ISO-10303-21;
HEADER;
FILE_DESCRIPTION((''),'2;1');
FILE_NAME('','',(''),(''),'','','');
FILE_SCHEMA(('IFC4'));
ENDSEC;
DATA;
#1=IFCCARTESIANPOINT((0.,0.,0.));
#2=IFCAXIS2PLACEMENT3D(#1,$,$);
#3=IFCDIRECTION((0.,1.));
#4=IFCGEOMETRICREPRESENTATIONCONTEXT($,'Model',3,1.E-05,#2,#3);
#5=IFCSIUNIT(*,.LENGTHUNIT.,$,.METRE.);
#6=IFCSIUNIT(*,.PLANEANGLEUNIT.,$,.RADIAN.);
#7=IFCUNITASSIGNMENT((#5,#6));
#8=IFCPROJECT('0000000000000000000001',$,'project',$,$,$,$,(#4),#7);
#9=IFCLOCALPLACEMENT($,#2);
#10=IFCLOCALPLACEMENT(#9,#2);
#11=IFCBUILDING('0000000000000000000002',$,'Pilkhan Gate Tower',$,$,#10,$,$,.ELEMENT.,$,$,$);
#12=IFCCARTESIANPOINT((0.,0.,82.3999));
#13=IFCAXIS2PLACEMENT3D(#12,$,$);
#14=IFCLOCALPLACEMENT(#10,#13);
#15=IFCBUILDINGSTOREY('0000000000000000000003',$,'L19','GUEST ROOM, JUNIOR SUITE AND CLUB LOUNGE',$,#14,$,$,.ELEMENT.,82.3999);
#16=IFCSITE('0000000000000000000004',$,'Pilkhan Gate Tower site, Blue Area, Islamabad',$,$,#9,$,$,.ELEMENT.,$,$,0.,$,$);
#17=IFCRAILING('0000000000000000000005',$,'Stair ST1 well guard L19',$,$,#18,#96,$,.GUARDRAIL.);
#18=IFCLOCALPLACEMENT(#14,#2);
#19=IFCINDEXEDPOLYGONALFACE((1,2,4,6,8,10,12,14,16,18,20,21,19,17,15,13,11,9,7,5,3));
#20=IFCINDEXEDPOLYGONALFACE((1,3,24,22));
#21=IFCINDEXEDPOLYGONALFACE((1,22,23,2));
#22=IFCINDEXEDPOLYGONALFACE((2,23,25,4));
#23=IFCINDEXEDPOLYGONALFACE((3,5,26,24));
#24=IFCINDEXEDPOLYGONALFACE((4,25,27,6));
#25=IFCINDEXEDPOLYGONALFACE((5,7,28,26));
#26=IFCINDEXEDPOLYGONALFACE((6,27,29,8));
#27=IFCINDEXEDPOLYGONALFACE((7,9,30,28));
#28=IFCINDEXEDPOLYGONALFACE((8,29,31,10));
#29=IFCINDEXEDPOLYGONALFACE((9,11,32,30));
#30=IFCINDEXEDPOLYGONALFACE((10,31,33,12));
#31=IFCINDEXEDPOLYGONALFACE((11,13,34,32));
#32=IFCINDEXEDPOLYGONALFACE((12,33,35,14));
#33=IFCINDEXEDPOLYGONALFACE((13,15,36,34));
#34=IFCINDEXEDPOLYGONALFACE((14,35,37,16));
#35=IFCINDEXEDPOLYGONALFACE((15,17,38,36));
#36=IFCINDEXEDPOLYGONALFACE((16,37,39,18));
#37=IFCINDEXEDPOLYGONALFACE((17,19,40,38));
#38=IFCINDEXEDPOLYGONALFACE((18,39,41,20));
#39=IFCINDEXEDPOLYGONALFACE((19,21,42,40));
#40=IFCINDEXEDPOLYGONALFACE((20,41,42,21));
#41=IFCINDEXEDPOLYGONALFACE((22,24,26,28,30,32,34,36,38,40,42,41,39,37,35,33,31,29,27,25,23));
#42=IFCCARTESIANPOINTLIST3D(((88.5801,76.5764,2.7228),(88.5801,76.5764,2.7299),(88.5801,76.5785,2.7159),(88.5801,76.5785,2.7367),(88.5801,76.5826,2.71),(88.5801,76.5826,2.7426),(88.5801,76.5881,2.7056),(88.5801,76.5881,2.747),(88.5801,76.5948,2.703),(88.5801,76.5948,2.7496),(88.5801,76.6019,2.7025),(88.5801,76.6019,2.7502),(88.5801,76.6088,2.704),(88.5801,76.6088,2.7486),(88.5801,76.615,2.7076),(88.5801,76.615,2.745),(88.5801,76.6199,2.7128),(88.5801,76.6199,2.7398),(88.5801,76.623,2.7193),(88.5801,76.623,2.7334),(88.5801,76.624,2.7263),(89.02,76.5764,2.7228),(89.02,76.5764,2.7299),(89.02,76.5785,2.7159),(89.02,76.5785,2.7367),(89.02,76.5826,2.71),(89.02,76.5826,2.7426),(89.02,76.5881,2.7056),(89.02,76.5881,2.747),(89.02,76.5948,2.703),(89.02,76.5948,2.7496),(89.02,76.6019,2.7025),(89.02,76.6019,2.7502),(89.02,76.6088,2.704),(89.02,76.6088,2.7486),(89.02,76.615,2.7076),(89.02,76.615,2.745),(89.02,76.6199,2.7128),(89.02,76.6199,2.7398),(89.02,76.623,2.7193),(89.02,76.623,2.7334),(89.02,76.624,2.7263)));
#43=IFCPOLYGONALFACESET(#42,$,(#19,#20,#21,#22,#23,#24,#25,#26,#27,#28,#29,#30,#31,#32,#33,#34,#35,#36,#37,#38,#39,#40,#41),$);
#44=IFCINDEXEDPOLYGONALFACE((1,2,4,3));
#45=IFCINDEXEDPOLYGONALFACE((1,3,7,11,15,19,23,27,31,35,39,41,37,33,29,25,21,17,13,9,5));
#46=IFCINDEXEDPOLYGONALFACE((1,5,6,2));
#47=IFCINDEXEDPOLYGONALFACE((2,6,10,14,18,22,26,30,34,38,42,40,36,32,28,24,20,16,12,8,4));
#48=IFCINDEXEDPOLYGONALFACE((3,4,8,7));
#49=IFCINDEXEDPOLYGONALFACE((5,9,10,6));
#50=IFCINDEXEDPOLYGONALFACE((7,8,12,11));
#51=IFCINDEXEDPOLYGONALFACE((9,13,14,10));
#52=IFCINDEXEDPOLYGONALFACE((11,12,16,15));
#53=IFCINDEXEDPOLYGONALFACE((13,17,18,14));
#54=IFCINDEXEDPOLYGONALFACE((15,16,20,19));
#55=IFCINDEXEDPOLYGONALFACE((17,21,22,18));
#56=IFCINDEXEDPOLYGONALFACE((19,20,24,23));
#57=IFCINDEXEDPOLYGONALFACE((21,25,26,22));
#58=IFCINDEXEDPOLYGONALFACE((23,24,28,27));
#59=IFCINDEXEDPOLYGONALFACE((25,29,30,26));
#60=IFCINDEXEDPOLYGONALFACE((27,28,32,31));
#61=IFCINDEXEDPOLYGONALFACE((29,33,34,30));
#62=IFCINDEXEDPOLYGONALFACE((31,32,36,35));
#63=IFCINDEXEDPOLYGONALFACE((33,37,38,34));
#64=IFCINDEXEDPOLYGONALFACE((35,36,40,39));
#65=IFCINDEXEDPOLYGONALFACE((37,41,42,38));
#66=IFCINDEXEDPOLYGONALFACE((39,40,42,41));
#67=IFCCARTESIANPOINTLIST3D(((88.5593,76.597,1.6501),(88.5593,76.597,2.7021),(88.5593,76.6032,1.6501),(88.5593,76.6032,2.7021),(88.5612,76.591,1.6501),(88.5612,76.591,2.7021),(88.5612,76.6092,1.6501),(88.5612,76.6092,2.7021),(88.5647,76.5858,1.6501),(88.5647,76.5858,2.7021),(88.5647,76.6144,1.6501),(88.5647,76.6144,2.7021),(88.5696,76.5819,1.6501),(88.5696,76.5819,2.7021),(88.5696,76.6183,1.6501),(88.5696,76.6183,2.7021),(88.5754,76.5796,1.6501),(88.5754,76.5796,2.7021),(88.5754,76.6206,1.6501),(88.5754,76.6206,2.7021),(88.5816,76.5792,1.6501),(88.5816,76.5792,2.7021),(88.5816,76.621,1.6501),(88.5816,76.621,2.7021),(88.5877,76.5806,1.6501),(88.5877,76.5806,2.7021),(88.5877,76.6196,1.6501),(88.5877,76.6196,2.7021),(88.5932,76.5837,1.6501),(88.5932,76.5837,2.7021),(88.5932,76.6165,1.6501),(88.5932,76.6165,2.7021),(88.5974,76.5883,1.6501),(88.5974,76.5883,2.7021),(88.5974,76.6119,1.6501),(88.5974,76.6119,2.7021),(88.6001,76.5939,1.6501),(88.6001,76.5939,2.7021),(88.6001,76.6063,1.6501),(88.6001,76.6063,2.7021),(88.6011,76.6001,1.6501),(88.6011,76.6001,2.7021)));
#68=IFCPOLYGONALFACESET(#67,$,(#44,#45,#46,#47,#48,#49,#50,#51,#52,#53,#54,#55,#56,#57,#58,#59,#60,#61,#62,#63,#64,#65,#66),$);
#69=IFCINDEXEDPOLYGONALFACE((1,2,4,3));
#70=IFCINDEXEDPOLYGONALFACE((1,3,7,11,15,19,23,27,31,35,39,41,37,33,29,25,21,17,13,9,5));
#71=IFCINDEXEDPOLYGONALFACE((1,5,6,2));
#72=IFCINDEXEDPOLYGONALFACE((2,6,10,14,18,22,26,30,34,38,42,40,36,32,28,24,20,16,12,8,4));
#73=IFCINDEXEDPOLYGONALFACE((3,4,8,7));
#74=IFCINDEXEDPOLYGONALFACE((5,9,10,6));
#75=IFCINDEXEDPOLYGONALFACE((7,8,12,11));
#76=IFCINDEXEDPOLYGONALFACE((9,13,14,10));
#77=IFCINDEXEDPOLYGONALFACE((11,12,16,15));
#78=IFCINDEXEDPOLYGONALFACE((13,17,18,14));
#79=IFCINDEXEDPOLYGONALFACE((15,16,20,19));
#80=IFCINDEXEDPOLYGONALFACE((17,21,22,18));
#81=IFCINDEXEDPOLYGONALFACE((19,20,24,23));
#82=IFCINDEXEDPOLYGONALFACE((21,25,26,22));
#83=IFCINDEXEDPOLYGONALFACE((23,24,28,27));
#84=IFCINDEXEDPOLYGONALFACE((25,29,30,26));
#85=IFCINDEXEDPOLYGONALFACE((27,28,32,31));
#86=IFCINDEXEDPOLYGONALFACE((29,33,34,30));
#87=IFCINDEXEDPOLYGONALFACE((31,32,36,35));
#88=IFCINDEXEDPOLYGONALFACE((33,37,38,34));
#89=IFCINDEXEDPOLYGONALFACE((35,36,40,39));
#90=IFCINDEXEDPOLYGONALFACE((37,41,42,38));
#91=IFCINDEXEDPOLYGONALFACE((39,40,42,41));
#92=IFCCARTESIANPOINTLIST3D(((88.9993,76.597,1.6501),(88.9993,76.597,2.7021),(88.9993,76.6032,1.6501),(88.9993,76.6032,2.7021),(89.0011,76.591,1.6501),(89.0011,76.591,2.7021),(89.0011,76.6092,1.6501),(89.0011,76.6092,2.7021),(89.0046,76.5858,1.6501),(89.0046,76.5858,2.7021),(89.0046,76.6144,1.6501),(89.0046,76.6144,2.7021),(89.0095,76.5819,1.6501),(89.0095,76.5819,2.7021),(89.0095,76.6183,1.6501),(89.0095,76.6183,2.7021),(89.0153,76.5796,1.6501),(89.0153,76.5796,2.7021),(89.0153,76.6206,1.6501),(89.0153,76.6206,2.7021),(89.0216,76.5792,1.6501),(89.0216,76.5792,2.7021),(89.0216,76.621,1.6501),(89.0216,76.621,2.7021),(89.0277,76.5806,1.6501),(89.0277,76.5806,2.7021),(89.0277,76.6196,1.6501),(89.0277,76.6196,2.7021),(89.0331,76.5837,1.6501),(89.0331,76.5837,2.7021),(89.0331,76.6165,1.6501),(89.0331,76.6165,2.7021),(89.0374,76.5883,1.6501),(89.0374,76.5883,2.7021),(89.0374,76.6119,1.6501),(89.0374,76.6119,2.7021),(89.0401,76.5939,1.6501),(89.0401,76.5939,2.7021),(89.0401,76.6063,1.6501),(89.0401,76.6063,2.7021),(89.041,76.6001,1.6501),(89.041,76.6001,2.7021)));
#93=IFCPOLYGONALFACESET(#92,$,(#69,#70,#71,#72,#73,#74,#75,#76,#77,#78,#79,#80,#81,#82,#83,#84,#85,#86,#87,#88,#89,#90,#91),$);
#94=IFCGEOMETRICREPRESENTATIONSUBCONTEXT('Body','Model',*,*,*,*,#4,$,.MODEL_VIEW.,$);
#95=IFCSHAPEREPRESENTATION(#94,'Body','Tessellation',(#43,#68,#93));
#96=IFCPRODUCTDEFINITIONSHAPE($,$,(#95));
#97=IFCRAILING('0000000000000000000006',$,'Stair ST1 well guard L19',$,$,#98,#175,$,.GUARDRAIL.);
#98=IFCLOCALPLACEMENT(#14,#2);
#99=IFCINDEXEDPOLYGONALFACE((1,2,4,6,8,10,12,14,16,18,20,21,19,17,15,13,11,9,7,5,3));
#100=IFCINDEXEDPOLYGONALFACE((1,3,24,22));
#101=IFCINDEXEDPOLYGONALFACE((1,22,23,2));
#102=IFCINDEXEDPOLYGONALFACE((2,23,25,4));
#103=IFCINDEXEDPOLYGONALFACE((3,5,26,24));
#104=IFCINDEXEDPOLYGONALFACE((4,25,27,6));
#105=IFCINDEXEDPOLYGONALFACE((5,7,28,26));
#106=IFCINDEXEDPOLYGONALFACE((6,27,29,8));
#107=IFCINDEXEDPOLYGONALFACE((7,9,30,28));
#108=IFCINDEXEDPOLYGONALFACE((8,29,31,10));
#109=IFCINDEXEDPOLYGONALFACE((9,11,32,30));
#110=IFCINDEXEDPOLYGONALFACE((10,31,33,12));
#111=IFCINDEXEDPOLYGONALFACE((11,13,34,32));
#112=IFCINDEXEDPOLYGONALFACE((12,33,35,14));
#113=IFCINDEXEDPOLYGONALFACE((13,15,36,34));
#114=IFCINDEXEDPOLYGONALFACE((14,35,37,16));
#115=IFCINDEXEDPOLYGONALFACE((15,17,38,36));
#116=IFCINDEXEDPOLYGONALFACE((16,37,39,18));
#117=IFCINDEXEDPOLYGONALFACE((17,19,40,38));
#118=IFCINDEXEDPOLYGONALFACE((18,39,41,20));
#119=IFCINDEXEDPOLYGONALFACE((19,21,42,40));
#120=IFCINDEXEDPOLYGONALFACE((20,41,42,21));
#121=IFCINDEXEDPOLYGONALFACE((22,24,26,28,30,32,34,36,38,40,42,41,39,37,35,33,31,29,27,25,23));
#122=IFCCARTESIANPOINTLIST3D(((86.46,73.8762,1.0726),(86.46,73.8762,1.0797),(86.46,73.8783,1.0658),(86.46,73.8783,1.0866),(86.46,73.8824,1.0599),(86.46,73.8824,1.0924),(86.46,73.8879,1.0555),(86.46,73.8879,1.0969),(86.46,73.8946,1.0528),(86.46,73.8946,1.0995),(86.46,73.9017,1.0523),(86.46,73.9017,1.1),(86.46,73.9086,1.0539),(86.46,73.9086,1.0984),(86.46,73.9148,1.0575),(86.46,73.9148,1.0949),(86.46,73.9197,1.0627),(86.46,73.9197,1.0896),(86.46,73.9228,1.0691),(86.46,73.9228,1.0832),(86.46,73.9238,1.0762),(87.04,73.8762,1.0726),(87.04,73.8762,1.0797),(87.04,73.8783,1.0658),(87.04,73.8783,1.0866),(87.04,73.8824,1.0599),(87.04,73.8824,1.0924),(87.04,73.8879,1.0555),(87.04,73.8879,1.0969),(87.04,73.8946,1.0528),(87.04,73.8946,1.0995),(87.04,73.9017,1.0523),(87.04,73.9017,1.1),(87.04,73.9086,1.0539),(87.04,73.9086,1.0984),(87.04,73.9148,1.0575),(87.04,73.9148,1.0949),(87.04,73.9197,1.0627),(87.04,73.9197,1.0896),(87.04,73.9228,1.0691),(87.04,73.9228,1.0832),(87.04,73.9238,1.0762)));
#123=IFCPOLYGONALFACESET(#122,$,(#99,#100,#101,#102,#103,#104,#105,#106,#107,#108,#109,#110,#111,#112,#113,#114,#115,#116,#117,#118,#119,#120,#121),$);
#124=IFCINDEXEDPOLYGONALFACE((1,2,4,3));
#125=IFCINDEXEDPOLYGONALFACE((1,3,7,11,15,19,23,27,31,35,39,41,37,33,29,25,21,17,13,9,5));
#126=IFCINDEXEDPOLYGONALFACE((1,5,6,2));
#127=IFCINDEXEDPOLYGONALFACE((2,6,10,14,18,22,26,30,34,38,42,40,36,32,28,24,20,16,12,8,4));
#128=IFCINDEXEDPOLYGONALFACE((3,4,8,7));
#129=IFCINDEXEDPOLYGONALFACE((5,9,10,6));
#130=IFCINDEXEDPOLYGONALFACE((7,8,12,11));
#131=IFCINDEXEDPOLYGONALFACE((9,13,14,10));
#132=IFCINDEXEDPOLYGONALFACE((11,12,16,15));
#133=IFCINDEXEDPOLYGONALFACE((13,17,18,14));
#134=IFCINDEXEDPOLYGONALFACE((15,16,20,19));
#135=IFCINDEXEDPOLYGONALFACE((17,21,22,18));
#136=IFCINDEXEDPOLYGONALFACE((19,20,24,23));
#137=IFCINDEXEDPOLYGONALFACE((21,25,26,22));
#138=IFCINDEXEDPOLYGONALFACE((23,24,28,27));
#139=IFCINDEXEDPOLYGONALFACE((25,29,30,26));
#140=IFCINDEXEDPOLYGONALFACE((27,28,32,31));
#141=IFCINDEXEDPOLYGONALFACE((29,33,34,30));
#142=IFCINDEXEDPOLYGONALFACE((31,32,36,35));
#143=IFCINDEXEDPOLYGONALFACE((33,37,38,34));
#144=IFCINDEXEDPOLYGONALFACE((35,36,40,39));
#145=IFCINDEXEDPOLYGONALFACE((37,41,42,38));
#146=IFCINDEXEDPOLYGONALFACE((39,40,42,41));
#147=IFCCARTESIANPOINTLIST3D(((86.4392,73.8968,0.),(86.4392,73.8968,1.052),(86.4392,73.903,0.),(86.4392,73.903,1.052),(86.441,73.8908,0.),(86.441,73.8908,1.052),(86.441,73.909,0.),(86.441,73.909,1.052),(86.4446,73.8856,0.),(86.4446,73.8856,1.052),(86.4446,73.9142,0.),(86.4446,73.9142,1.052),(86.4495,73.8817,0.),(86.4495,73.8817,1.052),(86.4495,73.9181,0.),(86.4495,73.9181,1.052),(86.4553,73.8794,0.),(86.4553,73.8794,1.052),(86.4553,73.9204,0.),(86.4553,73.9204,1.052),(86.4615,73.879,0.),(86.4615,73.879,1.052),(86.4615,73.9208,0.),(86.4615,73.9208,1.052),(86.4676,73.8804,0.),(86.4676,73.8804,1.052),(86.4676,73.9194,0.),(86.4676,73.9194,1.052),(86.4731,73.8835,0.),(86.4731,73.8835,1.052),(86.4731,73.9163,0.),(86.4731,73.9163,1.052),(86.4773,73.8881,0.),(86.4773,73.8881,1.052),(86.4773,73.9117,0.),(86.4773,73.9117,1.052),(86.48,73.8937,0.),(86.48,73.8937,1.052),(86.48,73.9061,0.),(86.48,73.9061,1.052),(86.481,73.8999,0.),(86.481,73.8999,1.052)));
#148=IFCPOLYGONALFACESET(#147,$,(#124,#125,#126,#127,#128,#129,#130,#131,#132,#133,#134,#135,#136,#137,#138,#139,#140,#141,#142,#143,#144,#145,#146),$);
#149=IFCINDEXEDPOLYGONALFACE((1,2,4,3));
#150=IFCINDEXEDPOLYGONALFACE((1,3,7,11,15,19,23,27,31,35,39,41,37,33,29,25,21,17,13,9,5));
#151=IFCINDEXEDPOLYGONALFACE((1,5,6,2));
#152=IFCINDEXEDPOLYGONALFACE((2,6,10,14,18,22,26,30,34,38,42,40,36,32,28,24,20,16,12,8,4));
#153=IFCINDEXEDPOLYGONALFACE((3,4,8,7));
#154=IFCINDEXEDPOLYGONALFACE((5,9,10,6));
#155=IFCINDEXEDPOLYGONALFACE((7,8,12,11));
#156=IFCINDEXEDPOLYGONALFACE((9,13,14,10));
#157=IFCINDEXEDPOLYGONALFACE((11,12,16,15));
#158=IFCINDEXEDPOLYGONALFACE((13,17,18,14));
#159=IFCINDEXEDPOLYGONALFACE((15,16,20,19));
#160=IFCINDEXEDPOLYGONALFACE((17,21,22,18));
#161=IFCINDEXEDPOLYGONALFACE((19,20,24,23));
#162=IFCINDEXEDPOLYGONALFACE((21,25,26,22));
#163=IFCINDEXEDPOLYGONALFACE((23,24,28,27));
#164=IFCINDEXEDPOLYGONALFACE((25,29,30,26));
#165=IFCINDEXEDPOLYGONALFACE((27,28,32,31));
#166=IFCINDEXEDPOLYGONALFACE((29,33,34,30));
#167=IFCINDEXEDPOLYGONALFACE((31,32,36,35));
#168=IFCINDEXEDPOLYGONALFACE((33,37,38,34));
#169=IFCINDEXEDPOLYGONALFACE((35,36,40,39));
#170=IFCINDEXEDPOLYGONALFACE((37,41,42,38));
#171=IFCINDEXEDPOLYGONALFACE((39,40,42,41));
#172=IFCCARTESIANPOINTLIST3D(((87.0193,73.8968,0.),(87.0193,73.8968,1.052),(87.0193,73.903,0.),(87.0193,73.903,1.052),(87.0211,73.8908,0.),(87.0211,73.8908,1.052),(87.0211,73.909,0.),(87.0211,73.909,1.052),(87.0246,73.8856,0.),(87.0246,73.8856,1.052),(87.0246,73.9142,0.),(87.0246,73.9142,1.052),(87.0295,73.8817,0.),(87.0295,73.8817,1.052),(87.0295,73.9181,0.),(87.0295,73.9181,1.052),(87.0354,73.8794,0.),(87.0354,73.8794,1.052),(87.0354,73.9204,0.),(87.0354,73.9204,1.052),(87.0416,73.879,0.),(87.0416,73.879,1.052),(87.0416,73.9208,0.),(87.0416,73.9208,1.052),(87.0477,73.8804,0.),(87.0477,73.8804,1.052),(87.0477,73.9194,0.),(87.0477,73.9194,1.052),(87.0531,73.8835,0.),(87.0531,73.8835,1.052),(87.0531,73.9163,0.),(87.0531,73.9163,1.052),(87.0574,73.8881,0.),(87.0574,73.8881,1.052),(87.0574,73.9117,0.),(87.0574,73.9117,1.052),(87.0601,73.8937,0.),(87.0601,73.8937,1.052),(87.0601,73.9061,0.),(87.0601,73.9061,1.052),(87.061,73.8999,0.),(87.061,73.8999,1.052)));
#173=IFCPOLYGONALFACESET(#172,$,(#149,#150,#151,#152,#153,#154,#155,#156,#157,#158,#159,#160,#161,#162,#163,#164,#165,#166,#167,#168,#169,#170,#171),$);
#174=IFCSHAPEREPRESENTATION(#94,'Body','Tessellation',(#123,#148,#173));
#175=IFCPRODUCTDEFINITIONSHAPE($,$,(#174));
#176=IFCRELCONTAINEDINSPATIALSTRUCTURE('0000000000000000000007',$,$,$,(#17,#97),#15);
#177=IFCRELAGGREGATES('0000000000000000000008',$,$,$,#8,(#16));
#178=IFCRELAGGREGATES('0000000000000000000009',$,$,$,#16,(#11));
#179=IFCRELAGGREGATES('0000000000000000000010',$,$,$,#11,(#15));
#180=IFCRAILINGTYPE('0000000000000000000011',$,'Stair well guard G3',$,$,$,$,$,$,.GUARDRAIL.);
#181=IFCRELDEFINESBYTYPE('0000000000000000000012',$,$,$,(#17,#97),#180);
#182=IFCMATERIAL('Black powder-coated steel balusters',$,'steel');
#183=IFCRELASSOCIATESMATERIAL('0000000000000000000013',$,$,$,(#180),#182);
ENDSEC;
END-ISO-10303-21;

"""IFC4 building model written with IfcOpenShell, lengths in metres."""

from ifc_helpers import new_model, si_unit, direction, frame, origin, origin_2d, place, context, subcontext, project, spatial, circle, extrude, material, type_object, element, save


model = new_model("IFC4")

# Units and contexts
model_context = context("Model", 3, precision=1e-05, world=origin(), true_north=direction((0.0, 1.0)))
body_context = subcontext(model_context, "Body", "Model", "MODEL_VIEW")
ifc_project = project(units=[si_unit("LENGTHUNIT", "METRE"), si_unit("PLANEANGLEUNIT", "RADIAN")], contexts=[model_context])

# Site, building, storey
site_placement = place(None, origin())
site = spatial("IfcSite", under=ifc_project, at=site_placement, Name="Pilkhan Gate Tower site, Blue Area, Islamabad", CompositionType="ELEMENT", RefElevation=0.0)
building_placement = place(site_placement, origin())
building = spatial("IfcBuilding", under=site, at=building_placement, Name="Pilkhan Gate Tower", CompositionType="ELEMENT")
storey_placement = place(building_placement, frame((0.0, 0.0, 82.3999)))
storey = spatial("IfcBuildingStorey", under=building, at=storey_placement, Name="L19", Description="GUEST ROOM, JUNIOR SUITE AND CLUB LOUNGE", CompositionType="ELEMENT", Elevation=82.3999)

# Railings
ifc_material_1 = material(Name="Black powder-coated steel balusters", Category="steel")
railing_type_1 = type_object("IfcRailingType", Name="Stair well guard G3", PredefinedType="GUARDRAIL", material=ifc_material_1)
railing_1_placement = place(storey_placement, frame((88.5801, 76.6001, 1.6501)))
element("IfcRailing", 1, at=railing_1_placement, inside=storey, type_object=railing_type_1, Name="Stair ST1 well guard L19", PredefinedType="GUARDRAIL", context=body_context, shape_type="SweptSolid", body=[
    extrude(circle(Radius=0.0239, at=origin_2d()), frame((0.0, 0.0, 1.0762), z_axis=(1.0, 0.0, 0.0), x_axis=(0.0, 1.0, 0.0)), (0.0, 0.0, 1.0), 0.4399),
    extrude(circle(Radius=0.021, at=origin_2d()), origin(), (0.0, 0.0, 1.0), 1.052),
    extrude(circle(Radius=0.021, at=origin_2d()), frame((0.4399, 0.0, 0.0)), (0.0, 0.0, 1.0), 1.052),
])
for number, where, name in (
    (2, (86.46, 73.8999, 0.0), "Stair ST1 well guard L19"),
):
    element("IfcRailing", number, at=place(storey_placement, frame(where)), inside=storey, type_object=railing_type_1, Name=name, PredefinedType="GUARDRAIL", context=body_context, shape_type="SweptSolid", body=[
        extrude(circle(Radius=0.0239, at=origin_2d()), frame((0.0, 0.0, 1.0762), z_axis=(1.0, 0.0, 0.0), x_axis=(0.0, 1.0, 0.0)), (0.0, 0.0, 1.0), 0.5801),
        extrude(circle(Radius=0.021, at=origin_2d()), origin(), (0.0, 0.0, 1.0), 1.052),
        extrude(circle(Radius=0.021, at=origin_2d()), frame((0.5801, 0.0, 0.0)), (0.0, 0.0, 1.0), 1.052),
    ])

save(model, "model.ifc")
